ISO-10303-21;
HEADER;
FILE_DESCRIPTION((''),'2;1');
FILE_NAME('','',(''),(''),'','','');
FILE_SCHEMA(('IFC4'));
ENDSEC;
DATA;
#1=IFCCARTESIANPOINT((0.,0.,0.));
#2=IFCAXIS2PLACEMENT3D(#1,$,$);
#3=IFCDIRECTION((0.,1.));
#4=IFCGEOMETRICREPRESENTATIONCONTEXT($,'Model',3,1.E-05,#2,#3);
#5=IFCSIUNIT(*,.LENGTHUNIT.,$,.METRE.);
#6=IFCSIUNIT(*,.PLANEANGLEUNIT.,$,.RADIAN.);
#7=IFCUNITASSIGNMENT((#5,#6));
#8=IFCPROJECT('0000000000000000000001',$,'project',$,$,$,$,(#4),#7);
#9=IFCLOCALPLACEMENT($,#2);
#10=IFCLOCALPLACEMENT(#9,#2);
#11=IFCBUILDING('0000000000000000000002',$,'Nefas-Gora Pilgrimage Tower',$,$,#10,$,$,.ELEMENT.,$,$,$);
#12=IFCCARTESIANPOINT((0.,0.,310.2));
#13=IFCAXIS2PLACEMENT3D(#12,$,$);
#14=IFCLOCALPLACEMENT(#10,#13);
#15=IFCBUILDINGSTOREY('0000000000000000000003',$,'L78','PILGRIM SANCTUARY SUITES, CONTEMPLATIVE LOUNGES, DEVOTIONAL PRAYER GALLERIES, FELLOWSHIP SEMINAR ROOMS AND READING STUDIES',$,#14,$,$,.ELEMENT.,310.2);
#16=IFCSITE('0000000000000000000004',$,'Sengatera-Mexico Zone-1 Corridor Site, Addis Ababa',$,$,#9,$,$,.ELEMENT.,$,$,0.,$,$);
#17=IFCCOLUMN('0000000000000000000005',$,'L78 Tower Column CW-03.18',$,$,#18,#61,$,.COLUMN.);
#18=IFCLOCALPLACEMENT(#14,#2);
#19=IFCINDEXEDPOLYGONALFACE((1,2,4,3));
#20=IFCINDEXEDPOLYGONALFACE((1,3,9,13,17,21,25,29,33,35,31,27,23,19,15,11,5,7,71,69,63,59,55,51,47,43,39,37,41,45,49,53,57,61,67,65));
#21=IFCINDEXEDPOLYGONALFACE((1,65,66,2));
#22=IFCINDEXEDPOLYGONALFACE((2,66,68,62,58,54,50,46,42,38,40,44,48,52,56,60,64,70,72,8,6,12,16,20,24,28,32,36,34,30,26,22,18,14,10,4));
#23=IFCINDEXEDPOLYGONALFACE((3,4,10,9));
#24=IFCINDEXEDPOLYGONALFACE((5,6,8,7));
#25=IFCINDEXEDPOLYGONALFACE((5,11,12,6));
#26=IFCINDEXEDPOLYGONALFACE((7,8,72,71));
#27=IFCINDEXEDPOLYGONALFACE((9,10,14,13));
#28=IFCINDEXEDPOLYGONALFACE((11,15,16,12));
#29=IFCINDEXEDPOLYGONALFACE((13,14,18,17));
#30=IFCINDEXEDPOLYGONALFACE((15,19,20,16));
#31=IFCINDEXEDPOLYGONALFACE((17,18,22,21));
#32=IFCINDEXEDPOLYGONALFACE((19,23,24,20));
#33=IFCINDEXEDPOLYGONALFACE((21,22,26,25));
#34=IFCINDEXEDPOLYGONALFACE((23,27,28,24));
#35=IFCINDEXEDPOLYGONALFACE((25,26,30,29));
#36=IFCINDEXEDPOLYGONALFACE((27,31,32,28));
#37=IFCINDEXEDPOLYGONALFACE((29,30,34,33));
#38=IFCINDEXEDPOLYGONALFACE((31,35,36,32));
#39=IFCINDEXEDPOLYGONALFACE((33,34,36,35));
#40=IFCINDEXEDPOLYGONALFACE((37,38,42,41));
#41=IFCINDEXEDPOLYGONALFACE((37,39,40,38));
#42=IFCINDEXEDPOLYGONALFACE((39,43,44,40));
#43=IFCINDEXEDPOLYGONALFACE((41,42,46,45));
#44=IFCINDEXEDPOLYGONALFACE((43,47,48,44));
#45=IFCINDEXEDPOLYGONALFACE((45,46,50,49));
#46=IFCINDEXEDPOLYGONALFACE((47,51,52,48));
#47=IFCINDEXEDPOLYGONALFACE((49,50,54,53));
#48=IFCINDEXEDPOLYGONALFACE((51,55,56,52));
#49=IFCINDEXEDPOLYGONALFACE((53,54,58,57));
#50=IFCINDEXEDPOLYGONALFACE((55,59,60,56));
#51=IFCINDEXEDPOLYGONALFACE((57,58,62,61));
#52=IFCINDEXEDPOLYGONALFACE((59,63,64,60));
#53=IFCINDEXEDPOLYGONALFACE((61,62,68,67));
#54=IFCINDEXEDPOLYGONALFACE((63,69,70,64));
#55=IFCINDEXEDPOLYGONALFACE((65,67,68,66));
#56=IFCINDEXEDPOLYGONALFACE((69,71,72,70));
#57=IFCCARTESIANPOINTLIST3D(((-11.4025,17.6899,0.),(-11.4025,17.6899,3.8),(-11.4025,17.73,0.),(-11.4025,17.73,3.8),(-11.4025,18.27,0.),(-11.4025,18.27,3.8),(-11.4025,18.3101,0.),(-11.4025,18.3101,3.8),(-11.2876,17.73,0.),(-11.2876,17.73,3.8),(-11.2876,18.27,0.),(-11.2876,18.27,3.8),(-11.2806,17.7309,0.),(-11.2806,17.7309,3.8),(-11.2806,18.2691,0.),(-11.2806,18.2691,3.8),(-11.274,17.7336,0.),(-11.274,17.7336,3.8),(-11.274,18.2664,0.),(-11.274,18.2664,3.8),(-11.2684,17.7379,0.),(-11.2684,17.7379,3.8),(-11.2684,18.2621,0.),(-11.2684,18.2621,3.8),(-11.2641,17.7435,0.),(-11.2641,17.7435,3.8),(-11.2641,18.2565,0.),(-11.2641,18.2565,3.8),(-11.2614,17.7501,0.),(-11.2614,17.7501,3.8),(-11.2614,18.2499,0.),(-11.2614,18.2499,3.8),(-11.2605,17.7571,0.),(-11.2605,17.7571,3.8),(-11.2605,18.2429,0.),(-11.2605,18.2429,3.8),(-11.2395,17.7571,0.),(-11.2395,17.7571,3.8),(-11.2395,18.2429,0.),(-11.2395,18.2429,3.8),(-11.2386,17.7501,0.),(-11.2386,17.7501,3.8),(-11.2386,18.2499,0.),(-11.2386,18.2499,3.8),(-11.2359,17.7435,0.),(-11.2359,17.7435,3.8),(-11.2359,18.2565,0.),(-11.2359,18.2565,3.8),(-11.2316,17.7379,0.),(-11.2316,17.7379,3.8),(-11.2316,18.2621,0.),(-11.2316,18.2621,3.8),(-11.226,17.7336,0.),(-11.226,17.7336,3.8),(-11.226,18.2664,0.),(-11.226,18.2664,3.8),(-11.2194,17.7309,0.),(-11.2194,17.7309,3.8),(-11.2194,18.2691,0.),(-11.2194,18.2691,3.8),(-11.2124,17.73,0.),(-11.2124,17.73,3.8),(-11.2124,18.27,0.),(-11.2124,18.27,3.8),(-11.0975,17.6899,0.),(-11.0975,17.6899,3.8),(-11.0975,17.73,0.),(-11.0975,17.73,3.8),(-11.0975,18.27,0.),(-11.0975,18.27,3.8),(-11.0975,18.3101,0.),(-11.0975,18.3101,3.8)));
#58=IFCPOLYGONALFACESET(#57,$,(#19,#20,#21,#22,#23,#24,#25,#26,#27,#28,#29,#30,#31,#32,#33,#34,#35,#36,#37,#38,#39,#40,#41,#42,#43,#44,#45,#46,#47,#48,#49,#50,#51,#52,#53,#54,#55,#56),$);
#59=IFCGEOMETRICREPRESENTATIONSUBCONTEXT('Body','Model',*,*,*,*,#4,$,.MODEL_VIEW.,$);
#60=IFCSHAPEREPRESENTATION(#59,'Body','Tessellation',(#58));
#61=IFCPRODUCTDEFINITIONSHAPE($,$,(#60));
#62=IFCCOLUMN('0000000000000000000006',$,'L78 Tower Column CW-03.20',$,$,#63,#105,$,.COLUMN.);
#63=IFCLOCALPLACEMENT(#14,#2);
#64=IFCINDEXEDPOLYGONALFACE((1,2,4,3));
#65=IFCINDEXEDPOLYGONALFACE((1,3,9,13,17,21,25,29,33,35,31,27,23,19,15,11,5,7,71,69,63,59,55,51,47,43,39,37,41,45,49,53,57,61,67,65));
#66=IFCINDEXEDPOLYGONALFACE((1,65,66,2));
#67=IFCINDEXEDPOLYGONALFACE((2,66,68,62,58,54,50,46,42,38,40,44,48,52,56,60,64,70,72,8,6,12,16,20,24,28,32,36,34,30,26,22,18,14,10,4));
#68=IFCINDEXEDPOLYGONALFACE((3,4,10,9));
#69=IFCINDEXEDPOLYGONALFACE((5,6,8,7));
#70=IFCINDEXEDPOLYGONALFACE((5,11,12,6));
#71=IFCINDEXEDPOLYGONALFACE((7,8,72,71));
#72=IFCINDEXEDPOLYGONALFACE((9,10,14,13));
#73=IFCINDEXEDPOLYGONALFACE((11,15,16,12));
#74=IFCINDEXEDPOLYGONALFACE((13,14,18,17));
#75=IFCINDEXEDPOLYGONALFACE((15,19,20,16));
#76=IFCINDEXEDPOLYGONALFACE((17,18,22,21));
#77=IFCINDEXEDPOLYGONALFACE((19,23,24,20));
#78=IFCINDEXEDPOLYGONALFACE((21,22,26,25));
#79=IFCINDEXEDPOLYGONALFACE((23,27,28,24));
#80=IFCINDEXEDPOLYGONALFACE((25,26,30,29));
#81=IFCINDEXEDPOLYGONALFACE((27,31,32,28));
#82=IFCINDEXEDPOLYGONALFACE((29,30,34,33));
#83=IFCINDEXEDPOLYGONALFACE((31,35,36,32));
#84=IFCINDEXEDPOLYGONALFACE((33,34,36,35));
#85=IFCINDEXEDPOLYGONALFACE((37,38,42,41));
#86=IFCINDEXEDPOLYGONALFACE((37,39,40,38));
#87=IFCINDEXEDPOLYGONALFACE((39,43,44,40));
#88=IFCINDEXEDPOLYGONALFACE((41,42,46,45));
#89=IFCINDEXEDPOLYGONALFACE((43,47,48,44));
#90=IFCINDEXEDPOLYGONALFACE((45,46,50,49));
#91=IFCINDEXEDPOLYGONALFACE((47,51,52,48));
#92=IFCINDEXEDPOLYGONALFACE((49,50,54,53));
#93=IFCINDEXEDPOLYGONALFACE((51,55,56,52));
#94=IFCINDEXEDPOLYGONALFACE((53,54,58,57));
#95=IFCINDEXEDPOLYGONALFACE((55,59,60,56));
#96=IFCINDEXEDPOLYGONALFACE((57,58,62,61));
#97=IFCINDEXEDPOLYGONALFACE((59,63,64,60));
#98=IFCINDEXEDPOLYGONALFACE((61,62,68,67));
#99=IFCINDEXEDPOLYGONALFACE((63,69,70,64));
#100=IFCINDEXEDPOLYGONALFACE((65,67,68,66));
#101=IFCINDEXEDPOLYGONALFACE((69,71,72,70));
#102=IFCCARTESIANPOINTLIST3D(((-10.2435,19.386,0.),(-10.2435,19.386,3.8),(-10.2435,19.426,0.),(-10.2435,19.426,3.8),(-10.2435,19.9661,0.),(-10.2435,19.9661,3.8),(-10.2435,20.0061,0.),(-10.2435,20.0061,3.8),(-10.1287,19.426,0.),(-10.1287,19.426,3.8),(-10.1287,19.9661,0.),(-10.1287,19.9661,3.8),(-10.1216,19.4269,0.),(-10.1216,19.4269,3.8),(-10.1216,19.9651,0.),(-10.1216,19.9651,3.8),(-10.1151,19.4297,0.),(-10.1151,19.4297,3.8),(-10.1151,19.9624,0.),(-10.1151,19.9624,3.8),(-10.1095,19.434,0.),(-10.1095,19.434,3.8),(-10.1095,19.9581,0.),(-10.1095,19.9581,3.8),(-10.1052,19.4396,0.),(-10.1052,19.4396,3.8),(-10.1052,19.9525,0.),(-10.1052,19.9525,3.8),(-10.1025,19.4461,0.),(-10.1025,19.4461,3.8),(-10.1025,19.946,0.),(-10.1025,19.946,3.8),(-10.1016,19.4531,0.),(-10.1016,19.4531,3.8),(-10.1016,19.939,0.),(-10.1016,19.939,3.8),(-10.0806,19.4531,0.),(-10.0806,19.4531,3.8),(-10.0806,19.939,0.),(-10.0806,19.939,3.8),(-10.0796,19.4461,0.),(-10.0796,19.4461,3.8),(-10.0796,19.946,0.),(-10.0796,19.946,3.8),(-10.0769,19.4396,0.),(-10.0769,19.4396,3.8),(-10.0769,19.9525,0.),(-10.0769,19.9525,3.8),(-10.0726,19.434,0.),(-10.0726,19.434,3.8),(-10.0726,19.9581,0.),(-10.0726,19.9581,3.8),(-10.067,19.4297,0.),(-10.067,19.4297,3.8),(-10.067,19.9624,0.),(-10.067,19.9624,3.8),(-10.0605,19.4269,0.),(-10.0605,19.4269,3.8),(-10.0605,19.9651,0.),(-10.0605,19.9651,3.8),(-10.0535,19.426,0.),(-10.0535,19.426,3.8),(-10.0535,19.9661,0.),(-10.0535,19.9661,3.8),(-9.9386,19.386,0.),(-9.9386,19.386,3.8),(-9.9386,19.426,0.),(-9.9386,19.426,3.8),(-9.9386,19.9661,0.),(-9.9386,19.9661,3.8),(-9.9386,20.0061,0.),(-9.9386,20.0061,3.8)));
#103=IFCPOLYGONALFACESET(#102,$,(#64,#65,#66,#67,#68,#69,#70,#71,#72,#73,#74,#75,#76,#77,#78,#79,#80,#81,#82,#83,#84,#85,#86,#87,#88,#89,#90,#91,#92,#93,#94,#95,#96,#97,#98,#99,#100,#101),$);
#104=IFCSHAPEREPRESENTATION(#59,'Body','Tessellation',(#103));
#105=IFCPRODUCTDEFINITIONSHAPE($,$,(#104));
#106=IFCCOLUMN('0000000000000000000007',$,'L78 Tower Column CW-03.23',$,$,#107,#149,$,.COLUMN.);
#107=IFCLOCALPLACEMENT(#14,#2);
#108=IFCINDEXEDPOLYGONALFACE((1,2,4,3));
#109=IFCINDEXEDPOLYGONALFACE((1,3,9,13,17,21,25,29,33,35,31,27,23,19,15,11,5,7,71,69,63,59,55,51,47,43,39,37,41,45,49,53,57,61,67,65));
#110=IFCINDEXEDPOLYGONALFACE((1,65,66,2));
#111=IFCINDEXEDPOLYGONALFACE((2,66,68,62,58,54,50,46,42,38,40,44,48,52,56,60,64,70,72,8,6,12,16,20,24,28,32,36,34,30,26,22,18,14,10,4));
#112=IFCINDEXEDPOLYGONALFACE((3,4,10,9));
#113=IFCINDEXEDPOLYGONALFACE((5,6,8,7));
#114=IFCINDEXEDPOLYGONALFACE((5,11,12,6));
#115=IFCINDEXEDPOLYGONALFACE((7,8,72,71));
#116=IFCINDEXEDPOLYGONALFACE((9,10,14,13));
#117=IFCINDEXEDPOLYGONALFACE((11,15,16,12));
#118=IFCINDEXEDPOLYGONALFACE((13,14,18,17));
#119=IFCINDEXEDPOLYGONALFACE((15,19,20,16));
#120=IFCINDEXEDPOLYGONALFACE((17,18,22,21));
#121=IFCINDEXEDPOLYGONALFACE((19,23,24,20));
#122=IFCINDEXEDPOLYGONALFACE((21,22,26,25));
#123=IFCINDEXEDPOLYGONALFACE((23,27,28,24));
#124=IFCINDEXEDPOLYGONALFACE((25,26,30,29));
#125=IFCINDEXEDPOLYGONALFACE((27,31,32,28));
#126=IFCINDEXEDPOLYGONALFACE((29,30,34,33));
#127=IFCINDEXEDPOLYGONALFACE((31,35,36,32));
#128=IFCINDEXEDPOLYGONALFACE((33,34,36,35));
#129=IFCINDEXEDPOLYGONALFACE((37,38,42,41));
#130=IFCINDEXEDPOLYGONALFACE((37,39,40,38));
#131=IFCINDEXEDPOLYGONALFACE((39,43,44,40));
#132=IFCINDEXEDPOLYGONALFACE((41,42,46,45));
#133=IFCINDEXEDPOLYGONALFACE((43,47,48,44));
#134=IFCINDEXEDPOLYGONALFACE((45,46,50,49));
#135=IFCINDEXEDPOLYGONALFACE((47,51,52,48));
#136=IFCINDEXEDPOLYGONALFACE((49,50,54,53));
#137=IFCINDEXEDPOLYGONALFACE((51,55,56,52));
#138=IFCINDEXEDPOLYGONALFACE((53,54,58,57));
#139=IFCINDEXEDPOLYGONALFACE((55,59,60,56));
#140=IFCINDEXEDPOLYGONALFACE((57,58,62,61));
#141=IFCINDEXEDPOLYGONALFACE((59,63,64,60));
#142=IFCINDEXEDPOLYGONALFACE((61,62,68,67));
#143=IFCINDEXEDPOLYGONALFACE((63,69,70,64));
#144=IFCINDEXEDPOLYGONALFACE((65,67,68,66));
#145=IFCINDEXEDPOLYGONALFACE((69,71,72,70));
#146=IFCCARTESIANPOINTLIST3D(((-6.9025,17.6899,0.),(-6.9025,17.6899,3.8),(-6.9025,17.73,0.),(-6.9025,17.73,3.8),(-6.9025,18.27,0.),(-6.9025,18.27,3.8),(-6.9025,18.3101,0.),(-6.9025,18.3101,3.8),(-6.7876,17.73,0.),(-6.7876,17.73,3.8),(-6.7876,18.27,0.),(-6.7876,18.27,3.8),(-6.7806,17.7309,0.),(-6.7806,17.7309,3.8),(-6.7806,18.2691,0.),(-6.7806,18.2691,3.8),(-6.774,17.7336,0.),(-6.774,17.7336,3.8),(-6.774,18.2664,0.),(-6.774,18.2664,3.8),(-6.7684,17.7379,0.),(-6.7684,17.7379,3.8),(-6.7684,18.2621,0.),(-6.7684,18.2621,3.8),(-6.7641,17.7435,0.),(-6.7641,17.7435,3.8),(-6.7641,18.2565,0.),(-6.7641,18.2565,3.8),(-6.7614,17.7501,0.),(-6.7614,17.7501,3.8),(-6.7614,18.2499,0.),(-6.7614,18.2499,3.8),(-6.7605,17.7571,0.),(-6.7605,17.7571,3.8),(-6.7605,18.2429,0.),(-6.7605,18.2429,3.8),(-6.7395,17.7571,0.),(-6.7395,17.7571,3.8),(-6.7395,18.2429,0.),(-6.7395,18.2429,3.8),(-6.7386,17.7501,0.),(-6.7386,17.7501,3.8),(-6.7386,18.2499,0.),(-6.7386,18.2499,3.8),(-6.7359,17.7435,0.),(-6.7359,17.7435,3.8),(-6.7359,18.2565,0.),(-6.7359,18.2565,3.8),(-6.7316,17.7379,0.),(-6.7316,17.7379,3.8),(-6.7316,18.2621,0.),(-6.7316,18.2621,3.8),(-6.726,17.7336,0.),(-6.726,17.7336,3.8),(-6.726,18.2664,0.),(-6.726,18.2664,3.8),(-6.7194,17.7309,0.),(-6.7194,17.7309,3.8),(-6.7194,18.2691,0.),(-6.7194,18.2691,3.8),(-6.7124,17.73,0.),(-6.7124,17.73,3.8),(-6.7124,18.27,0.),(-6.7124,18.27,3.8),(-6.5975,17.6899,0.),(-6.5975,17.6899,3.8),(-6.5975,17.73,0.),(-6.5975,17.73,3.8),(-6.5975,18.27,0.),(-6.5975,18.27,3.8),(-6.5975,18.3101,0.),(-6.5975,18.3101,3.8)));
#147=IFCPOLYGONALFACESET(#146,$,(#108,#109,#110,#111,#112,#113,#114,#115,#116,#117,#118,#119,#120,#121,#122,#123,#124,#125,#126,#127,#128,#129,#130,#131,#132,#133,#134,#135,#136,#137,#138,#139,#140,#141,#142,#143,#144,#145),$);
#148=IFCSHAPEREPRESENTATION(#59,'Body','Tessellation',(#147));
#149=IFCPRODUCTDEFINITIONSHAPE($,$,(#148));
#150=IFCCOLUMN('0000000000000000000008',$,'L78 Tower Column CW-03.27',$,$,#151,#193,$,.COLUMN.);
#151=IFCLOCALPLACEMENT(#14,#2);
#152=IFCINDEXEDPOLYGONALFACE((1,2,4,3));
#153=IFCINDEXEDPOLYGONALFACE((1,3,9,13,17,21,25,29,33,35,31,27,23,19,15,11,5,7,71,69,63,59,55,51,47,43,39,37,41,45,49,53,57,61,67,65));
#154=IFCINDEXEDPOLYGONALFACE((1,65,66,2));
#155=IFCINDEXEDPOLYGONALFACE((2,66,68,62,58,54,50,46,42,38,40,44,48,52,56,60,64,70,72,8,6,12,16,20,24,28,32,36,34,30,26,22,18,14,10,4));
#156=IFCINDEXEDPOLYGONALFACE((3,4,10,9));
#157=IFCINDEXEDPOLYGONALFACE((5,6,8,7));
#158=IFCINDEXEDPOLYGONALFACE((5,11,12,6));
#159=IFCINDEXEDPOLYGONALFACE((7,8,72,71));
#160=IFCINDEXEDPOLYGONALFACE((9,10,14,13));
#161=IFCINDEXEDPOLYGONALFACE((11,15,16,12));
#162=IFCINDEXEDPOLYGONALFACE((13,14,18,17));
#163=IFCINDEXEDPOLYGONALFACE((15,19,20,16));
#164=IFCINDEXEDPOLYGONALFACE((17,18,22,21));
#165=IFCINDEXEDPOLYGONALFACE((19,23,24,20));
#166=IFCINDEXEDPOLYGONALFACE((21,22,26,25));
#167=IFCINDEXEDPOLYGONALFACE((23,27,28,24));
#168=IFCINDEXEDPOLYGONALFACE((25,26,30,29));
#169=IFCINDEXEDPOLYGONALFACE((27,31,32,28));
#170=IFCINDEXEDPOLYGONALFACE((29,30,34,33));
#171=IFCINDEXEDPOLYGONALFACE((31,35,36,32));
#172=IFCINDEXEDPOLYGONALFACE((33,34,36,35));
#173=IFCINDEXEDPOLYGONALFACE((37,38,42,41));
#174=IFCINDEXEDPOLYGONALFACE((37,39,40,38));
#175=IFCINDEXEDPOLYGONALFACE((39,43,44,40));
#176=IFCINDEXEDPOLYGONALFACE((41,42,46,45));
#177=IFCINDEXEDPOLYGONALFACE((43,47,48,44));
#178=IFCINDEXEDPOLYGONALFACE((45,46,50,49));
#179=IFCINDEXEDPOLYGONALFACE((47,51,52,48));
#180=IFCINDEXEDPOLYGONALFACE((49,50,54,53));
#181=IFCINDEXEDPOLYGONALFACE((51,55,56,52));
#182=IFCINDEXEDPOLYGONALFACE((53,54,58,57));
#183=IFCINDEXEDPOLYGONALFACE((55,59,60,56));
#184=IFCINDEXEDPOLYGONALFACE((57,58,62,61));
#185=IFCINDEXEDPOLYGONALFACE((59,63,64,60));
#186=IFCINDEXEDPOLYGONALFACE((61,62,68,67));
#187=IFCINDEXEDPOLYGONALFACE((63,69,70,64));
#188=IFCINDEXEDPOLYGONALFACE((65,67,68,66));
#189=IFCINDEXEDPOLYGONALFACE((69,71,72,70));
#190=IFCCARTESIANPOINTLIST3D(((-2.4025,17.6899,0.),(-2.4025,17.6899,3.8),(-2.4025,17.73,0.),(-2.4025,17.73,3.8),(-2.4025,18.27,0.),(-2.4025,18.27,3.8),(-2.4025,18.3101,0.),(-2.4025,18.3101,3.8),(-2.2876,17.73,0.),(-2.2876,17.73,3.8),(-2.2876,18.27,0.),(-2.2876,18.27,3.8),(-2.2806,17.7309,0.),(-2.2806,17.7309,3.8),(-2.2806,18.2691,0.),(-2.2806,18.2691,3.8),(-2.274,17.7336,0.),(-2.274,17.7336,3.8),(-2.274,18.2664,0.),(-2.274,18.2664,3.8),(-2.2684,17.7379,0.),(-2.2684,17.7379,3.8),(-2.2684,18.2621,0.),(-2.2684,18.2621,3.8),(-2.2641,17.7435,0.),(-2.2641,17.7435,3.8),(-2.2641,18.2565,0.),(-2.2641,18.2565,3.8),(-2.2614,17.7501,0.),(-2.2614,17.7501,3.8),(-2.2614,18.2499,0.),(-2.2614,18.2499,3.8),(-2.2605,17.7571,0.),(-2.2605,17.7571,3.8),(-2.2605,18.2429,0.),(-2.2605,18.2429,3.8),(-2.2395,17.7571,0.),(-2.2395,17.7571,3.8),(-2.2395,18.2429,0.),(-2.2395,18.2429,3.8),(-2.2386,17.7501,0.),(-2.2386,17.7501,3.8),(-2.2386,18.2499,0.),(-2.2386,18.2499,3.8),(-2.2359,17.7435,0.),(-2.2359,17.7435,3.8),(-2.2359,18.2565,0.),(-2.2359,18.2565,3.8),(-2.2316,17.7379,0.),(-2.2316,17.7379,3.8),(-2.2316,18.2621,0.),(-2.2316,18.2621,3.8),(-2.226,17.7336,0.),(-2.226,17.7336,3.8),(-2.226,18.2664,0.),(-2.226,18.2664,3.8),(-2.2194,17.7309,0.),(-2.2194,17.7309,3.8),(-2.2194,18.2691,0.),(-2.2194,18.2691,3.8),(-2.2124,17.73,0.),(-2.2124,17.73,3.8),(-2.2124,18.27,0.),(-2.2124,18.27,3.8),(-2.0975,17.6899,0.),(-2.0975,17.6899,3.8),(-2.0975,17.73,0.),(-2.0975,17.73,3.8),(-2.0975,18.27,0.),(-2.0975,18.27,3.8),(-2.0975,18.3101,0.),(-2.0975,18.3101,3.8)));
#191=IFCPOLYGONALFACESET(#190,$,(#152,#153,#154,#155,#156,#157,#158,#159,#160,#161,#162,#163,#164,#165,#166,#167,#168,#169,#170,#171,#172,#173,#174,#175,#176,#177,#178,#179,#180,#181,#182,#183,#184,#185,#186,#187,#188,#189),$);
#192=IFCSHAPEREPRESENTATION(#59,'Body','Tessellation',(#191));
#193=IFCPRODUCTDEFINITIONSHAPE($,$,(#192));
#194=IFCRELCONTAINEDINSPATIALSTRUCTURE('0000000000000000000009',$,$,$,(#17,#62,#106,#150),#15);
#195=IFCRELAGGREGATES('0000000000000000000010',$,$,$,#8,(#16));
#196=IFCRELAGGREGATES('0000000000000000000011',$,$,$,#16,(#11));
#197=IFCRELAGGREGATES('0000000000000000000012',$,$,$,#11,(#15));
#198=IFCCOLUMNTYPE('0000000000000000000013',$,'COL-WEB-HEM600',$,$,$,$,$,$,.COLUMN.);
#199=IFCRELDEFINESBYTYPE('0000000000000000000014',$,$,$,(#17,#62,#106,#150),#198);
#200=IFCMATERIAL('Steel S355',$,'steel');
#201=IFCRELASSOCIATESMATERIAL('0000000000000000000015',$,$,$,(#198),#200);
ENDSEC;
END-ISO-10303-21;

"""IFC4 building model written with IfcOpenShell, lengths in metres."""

from ifc_helpers import new_model, si_unit, direction, frame, origin, origin_2d, place, context, subcontext, project, spatial, i_section, extrude, source, transform, mapped, material, material_profile, profile_set, type_object, element, save


model = new_model("IFC4")

# Units and contexts
model_context = context("Model", 3, precision=1e-05, world=origin(), true_north=direction((0.0, 1.0)))
body_context = subcontext(model_context, "Body", "Model", "MODEL_VIEW")
ifc_project = project(units=[si_unit("LENGTHUNIT", "METRE"), si_unit("PLANEANGLEUNIT", "RADIAN")], contexts=[model_context])

# Site, building, storey
site_placement = place(None, origin())
site = spatial("IfcSite", under=ifc_project, at=site_placement, Name="Sengatera-Mexico Zone-1 Corridor Site, Addis Ababa", CompositionType="ELEMENT", RefElevation=0.0)
building_placement = place(site_placement, origin())
building = spatial("IfcBuilding", under=site, at=building_placement, Name="Nefas-Gora Pilgrimage Tower", CompositionType="ELEMENT")
storey_placement = place(building_placement, frame((0.0, 0.0, 310.2)))
storey = spatial("IfcBuildingStorey", under=building, at=storey_placement, Name="L78", Description="PILGRIM SANCTUARY SUITES, CONTEMPLATIVE LOUNGES, DEVOTIONAL PRAYER GALLERIES, FELLOWSHIP SEMINAR ROOMS AND READING STUDIES", CompositionType="ELEMENT", Elevation=310.2)

# Columns
ifc_material_1 = material(Name="Steel S355", Category="steel")
ifc_material_profile_1 = material_profile(ifc_material_1, i_section(OverallWidth=0.3049, OverallDepth=0.6201, WebThickness=0.021, FlangeThickness=0.04, FilletRadius=0.0271, at=origin_2d()), Name="HEM 600")
ifc_profile_set_1 = profile_set([ifc_material_profile_1], Name="Steel S355")
column_type_1 = type_object("IfcColumnType", Name="COL-WEB-HEM600", PredefinedType="COLUMN", material=ifc_profile_set_1)
shared_shape_1 = source(origin(), body_context, "Body", "SweptSolid", [
    extrude(i_section(OverallWidth=0.3049, OverallDepth=0.6201, WebThickness=0.021, FlangeThickness=0.04, FilletRadius=0.0271, at=origin_2d()), origin(), (0.0, 0.0, 1.0), 3.8),
])
for number, where, z_axis, x_axis, name in (
    (1, (-11.25, 18.0, 0.0), (0.0, 0.0, 1.0), (1.0, 0.0, 0.0), "L78 Tower Column CW-03.18"),
    (2, (-10.0911, 19.696, 0.0), (0.0, 0.0, 1.0), (1.0, 0.0, 0.0), "L78 Tower Column CW-03.20"),
    (3, (-6.75, 18.0, 0.0), (0.0, 0.0, 1.0), (1.0, 0.0, 0.0), "L78 Tower Column CW-03.23"),
    (4, (-2.25, 18.0, 0.0), (0.0, 0.0, 1.0), (1.0, 0.0, 0.0), "L78 Tower Column CW-03.27"),
):
    element("IfcColumn", number, at=place(storey_placement, frame(where, z_axis=z_axis, x_axis=x_axis)), inside=storey, type_object=column_type_1, Name=name, PredefinedType="COLUMN", context=body_context, shape_type="MappedRepresentation", body=[
        mapped(shared_shape_1, transform((0.0, 0.0, 0.0), x_axis=(1.0, 0.0, 0.0), y_axis=(0.0, 1.0, 0.0), z_axis=(0.0, 0.0, 1.0), scale=1.0)),
    ])

save(model, "model.ifc")
